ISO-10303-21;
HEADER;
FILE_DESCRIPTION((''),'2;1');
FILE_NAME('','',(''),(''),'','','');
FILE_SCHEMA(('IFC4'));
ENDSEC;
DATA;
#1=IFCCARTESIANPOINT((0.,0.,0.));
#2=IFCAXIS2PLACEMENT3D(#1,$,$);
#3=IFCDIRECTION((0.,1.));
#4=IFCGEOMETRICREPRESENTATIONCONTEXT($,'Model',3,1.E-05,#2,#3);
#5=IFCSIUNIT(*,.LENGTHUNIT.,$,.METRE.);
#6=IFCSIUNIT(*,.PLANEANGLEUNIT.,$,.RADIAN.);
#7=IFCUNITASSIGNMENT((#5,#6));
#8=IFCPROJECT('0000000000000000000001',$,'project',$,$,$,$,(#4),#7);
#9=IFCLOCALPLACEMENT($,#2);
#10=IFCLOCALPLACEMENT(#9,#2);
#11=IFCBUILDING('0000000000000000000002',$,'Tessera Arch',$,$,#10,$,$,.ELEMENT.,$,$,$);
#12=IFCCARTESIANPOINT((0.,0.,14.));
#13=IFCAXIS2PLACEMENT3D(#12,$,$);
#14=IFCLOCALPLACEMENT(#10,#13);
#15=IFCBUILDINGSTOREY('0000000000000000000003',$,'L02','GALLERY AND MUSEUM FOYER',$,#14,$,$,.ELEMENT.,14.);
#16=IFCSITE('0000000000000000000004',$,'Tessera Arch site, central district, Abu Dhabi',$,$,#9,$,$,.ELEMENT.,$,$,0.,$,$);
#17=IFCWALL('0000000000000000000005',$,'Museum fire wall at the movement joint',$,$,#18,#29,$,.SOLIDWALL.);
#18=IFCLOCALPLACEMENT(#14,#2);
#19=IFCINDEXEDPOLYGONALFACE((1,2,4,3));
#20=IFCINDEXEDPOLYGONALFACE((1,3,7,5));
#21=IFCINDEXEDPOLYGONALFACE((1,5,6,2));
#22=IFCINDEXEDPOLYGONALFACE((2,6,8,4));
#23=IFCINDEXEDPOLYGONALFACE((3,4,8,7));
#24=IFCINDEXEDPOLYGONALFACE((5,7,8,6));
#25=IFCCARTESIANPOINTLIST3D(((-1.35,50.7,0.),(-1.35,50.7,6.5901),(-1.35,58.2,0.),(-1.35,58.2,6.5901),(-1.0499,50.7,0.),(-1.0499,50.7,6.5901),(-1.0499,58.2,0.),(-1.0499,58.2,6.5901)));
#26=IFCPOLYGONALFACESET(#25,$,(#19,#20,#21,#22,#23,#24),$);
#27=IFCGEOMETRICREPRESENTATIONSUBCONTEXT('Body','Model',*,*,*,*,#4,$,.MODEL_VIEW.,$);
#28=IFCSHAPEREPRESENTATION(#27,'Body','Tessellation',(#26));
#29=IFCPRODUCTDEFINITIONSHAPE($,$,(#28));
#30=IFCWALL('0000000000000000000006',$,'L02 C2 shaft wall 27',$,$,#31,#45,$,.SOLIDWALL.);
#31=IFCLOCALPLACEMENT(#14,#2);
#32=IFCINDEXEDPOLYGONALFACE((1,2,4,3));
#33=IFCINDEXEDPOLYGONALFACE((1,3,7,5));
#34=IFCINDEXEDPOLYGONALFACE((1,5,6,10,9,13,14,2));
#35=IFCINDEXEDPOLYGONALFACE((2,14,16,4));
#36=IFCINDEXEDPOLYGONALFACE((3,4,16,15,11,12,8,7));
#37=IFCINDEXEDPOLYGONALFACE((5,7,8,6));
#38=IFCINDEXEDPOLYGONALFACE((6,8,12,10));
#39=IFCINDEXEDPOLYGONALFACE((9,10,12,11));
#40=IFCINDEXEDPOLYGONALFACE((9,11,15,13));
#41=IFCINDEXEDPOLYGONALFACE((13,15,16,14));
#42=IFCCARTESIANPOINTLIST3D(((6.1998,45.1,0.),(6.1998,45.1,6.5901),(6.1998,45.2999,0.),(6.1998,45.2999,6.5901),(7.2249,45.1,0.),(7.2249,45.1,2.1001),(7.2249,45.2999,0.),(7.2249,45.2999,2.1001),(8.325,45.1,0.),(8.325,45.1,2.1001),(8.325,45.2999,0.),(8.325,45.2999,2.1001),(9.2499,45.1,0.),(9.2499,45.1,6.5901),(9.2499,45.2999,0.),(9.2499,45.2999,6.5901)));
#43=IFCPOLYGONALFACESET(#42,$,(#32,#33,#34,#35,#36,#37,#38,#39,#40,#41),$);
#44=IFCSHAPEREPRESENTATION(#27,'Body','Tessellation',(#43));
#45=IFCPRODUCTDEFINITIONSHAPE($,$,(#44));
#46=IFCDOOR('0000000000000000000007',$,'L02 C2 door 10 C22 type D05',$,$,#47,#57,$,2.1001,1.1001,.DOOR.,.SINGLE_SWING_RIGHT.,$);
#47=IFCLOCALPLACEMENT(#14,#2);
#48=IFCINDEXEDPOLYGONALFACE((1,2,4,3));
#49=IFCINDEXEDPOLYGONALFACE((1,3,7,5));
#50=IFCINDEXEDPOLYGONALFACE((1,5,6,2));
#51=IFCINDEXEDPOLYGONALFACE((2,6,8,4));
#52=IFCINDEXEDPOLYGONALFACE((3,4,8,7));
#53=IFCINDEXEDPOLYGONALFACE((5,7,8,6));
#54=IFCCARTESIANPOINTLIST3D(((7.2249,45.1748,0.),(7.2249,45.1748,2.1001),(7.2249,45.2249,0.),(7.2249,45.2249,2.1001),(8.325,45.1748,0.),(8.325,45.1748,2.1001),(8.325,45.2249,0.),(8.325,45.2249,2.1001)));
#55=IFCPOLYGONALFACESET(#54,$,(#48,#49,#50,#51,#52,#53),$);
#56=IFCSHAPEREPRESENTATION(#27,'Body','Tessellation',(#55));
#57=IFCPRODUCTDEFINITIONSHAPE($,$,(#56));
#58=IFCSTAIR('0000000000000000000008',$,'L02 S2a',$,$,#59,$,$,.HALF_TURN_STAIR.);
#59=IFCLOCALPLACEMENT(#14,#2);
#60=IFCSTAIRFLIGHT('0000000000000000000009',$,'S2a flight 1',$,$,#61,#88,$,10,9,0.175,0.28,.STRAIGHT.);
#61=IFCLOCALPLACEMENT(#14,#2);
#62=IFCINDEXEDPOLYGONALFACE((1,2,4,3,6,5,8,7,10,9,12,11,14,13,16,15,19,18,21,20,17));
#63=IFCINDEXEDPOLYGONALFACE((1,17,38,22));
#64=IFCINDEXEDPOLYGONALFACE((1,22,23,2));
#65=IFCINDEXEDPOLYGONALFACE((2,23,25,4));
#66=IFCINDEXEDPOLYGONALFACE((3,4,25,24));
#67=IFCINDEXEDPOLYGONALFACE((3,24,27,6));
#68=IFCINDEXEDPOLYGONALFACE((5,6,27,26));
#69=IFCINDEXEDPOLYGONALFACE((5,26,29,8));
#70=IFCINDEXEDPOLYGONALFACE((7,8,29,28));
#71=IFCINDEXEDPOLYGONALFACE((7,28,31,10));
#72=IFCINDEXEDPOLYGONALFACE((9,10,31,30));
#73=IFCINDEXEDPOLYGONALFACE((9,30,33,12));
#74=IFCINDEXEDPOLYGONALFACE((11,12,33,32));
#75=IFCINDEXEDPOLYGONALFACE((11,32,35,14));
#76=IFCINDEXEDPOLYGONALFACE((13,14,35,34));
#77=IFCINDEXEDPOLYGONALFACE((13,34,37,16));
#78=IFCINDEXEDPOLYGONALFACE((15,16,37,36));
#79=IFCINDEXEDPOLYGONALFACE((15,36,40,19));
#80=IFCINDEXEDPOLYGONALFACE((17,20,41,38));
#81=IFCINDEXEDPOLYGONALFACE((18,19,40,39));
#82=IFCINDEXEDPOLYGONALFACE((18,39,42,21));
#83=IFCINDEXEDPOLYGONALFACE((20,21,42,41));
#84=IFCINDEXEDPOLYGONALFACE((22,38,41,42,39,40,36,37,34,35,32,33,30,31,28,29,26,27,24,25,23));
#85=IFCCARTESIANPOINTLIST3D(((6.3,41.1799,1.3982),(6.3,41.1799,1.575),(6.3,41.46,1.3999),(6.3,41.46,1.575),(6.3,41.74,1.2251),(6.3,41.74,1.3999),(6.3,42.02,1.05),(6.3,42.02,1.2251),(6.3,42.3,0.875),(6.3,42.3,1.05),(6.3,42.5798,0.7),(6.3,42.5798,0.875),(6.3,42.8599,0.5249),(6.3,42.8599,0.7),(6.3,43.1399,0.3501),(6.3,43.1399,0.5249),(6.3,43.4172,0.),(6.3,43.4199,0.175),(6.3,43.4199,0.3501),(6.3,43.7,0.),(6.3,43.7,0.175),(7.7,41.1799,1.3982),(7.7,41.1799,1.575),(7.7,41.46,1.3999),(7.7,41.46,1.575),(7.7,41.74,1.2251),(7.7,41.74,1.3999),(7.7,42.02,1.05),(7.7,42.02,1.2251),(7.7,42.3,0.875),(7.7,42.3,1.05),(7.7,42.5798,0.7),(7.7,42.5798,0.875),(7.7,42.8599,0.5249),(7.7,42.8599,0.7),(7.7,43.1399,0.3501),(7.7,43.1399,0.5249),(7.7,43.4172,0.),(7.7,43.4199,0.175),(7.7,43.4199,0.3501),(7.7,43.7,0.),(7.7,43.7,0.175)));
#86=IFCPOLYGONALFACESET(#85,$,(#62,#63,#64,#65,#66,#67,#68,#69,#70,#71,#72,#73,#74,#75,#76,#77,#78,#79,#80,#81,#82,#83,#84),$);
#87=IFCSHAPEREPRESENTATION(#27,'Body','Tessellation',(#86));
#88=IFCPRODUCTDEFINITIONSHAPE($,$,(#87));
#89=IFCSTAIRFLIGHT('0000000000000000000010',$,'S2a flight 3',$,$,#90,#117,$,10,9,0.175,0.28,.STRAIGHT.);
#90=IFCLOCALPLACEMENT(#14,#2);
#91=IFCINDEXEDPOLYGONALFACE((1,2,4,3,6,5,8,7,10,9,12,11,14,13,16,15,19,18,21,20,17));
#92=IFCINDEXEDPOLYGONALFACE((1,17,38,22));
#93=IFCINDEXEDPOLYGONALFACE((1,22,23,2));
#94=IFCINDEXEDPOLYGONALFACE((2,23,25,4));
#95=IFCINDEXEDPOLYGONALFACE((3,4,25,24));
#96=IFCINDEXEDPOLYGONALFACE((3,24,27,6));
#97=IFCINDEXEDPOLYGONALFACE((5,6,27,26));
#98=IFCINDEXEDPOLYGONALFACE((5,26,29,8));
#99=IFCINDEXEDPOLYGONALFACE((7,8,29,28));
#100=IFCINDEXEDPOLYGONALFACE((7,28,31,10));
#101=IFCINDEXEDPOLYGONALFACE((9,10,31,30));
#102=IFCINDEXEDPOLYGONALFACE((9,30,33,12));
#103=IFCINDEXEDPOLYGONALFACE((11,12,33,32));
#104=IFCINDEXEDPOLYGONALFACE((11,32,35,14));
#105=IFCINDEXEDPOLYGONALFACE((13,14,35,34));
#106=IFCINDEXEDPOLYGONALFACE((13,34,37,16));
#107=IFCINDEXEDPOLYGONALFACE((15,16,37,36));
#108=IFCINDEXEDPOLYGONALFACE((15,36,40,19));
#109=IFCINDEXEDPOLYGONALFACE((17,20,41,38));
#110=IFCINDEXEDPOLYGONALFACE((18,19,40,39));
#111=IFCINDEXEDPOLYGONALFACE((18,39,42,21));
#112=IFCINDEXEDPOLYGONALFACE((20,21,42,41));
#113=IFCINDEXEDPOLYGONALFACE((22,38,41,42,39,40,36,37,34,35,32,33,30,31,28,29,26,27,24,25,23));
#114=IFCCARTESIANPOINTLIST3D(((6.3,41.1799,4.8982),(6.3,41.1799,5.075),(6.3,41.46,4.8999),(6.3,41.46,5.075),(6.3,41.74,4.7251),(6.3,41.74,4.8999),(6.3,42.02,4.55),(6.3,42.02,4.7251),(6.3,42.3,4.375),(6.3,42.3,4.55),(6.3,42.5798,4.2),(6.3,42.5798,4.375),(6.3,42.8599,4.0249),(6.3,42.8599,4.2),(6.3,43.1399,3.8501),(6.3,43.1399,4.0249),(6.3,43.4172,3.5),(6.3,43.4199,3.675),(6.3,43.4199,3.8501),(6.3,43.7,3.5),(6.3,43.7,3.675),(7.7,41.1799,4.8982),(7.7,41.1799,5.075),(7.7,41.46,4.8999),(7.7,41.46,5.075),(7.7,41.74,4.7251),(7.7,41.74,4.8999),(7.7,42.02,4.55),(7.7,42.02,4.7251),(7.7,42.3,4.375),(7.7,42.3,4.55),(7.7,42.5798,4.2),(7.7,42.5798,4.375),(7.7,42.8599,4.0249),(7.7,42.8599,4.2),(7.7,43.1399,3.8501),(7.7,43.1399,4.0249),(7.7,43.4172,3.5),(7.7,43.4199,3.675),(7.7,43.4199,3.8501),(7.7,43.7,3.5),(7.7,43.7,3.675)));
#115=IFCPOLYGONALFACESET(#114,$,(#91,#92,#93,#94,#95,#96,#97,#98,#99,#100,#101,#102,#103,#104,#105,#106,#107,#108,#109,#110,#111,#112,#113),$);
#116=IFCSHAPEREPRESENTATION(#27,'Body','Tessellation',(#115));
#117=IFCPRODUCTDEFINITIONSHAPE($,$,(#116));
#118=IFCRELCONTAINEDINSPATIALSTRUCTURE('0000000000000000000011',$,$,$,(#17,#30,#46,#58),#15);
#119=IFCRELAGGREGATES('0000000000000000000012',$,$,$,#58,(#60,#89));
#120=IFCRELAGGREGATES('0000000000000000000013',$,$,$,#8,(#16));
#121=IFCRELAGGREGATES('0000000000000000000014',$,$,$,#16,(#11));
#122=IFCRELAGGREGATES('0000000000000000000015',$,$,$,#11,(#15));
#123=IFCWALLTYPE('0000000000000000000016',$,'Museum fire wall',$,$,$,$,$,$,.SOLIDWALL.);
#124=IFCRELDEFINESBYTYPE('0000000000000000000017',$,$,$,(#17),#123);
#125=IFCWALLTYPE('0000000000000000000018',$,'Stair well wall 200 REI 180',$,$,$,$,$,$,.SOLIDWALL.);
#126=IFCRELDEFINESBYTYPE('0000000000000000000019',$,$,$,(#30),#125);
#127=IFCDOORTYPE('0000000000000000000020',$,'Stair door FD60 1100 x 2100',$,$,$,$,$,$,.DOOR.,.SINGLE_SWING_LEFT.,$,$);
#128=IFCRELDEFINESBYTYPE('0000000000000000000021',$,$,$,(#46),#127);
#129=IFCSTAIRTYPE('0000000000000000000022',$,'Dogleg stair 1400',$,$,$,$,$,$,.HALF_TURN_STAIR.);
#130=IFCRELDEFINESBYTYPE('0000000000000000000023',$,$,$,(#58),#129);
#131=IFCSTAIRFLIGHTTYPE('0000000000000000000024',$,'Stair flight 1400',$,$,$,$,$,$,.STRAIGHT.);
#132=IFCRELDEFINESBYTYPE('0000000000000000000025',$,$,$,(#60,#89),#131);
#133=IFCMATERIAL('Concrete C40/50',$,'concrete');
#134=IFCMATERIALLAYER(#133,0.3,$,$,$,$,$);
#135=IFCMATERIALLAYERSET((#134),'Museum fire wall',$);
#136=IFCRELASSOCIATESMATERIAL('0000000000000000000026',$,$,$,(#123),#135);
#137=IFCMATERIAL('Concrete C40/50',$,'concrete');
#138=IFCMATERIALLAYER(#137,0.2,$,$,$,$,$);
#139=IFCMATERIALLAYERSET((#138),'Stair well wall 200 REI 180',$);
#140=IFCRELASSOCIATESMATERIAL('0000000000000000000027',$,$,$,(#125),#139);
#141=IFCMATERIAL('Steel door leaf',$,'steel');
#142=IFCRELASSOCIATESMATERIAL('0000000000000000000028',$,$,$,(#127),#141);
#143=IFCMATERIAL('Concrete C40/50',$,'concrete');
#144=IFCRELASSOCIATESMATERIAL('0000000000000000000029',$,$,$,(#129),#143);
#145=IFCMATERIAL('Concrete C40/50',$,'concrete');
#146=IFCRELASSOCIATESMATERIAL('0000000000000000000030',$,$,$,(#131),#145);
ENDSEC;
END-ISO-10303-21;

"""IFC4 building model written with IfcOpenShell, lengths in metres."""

from ifc_helpers import new_model, si_unit, direction, frame, frame_2d, origin, place, context, subcontext, project, spatial, polyline, rectangle, outline, extrude, material, layer, layer_set, type_object, element, fill, aggregate, save


model = new_model("IFC4")

# Units and contexts
model_context = context("Model", 3, precision=1e-05, world=origin(), true_north=direction((0.0, 1.0)))
body_context = subcontext(model_context, "Body", "Model", "MODEL_VIEW")
ifc_project = project(units=[si_unit("LENGTHUNIT", "METRE"), si_unit("PLANEANGLEUNIT", "RADIAN")], contexts=[model_context])

# Site, building, storey
site_placement = place(None, origin())
site = spatial("IfcSite", under=ifc_project, at=site_placement, Name="Tessera Arch site, central district, Abu Dhabi", CompositionType="ELEMENT", RefElevation=0.0)
building_placement = place(site_placement, origin())
building = spatial("IfcBuilding", under=site, at=building_placement, Name="Tessera Arch", CompositionType="ELEMENT")
storey_placement = place(building_placement, frame((0.0, 0.0, 14.0)))
storey = spatial("IfcBuildingStorey", under=building, at=storey_placement, Name="L02", Description="GALLERY AND MUSEUM FOYER", CompositionType="ELEMENT", Elevation=14.0)

# Wall
ifc_material_1 = material(Name="Concrete C40/50", Category="concrete")
ifc_layer_1 = layer(ifc_material_1, 0.3)
ifc_layer_set_1 = layer_set([ifc_layer_1], Name="Museum fire wall")
wall_type_1 = type_object("IfcWallType", Name="Museum fire wall", PredefinedType="SOLIDWALL", material=ifc_layer_set_1)
wall_1_placement = place(storey_placement, frame((-1.2, 50.7, 0.0), z_axis=(0.0, 0.0, 1.0), x_axis=(0.0, 1.0, 0.0)))
element("IfcWall", 1, at=wall_1_placement, inside=storey, type_object=wall_type_1, Name="Museum fire wall at the movement joint", PredefinedType="SOLIDWALL", context=body_context, shape_type="SweptSolid", body=[
    extrude(rectangle(XDim=7.5, YDim=0.3, at=frame_2d((3.75, 0.0))), origin(), (0.0, 0.0, 1.0), 6.5901),
])

# Wall, opening, door
ifc_material_2 = material(Name="Concrete C40/50", Category="concrete")
ifc_layer_2 = layer(ifc_material_2, 0.2)
ifc_layer_set_2 = layer_set([ifc_layer_2], Name="Stair well wall 200 REI 180")
wall_type_2 = type_object("IfcWallType", Name="Stair well wall 200 REI 180", PredefinedType="SOLIDWALL", material=ifc_layer_set_2)
wall_2_placement = place(storey_placement, frame((6.2, 45.2, 0.0), z_axis=(0.0, 0.0, 1.0), x_axis=(1.0, 0.0, 0.0)))
wall_2 = element("IfcWall", 2, at=wall_2_placement, inside=storey, type_object=wall_type_2, Name="L02 C2 shaft wall 27", PredefinedType="SOLIDWALL", context=body_context, shape_type="SweptSolid", body=[
    extrude(rectangle(XDim=3.05, YDim=0.2, at=frame_2d((1.5249, 0.0))), origin(), (0.0, 0.0, 1.0), 6.5901),
])
opening_1_placement = place(wall_2_placement, frame((1.0249, 0.0, 0.0)))
opening_1 = element("IfcOpeningElement", 3, at=opening_1_placement, cuts=wall_2, PredefinedType="OPENING", context=body_context, shape_type="SweptSolid", body=[
    extrude(rectangle(XDim=1.1001, YDim=2.1001, at=frame_2d((0.55, 1.05))), frame((0.0, 0.1099, 0.0), z_axis=(0.0, -1.0, 0.0), x_axis=(1.0, 0.0, 0.0)), (0.0, 0.0, 1.0), 0.22),
])
ifc_material_3 = material(Name="Steel door leaf", Category="steel")
door_type_1 = type_object("IfcDoorType", Name="Stair door FD60 1100 x 2100", OperationType="SINGLE_SWING_LEFT", PredefinedType="DOOR", material=ifc_material_3)
door_1_placement = place(opening_1_placement, origin())
door_1 = element("IfcDoor", 4, at=door_1_placement, inside=storey, type_object=door_type_1, Name="L02 C2 door 10 C22 type D05", OperationType="SINGLE_SWING_RIGHT", OverallHeight=2.1001, OverallWidth=1.1001, PredefinedType="DOOR", context=body_context, shape_type="SweptSolid", body=[
    extrude(rectangle(XDim=1.1001, YDim=2.1001, at=frame_2d((0.55, 1.05))), frame((0.0, 0.0249, 0.0), z_axis=(0.0, -1.0, 0.0), x_axis=(1.0, 0.0, 0.0)), (0.0, 0.0, 1.0), 0.05),
])
fill(opening_1, door_1)

# Stair, stair flights
ifc_material_4 = material(Name="Concrete C40/50", Category="concrete")
stair_type = type_object("IfcStairType", Name="Dogleg stair 1400", PredefinedType="HALF_TURN_STAIR", material=ifc_material_4)
stair_placement = place(storey_placement, origin())
stair = element("IfcStair", 5, at=stair_placement, inside=storey, type_object=stair_type, Name="L02 S2a", PredefinedType="HALF_TURN_STAIR")
ifc_material_5 = material(Name="Concrete C40/50", Category="concrete")
stair_flight_type = type_object("IfcStairFlightType", Name="Stair flight 1400", PredefinedType="STRAIGHT", material=ifc_material_5)
stair_flight_1_placement = place(storey_placement, frame((7.0, 43.7, 0.0), z_axis=(0.0, 0.0, 1.0), x_axis=(0.0, -1.0, 0.0)))
stair_flight_1 = element("IfcStairFlight", 6, at=stair_flight_1_placement, type_object=stair_flight_type, Name="S2a flight 1", NumberOfRisers=10, NumberOfTreads=9, PredefinedType="STRAIGHT", RiserHeight=0.175, TreadLength=0.28, context=body_context, shape_type="SweptSolid", body=[
    extrude(outline(polyline([(0.0, 0.0), (0.0, 0.175), (0.28, 0.175), (0.28, 0.3501), (0.5601, 0.3501), (0.5601, 0.5249), (0.8401, 0.5249), (0.8401, 0.7), (1.1201, 0.7), (1.1201, 0.875), (1.3999, 0.875), (1.3999, 1.05), (1.6799, 1.05), (1.6799, 1.2251), (1.96, 1.2251), (1.96, 1.3999), (2.24, 1.3999), (2.24, 1.575), (2.52, 1.575), (2.52, 1.75), (2.52, 1.3982), (0.2827, 0.0), (0.0, 0.0)])), frame((0.0, 0.7, 0.0), z_axis=(0.0, -1.0, 0.0), x_axis=(1.0, 0.0, 0.0)), (0.0, 0.0, 1.0), 1.3999),
])
stair_flight_2_placement = place(storey_placement, frame((7.0, 43.7, 3.5), z_axis=(0.0, 0.0, 1.0), x_axis=(0.0, -1.0, 0.0)))
stair_flight_2 = element("IfcStairFlight", 7, at=stair_flight_2_placement, type_object=stair_flight_type, Name="S2a flight 3", NumberOfRisers=10, NumberOfTreads=9, PredefinedType="STRAIGHT", RiserHeight=0.175, TreadLength=0.28, context=body_context, shape_type="SweptSolid", body=[
    extrude(outline(polyline([(0.0, 0.0), (0.0, 0.175), (0.28, 0.175), (0.28, 0.3501), (0.5601, 0.3501), (0.5601, 0.5249), (0.8401, 0.5249), (0.8401, 0.7), (1.1201, 0.7), (1.1201, 0.875), (1.3999, 0.875), (1.3999, 1.05), (1.6799, 1.05), (1.6799, 1.2251), (1.96, 1.2251), (1.96, 1.3999), (2.24, 1.3999), (2.24, 1.575), (2.52, 1.575), (2.52, 1.75), (2.52, 1.3982), (0.2827, 0.0), (0.0, 0.0)])), frame((0.0, 0.7, 0.0), z_axis=(0.0, -1.0, 0.0), x_axis=(1.0, 0.0, 0.0)), (0.0, 0.0, 1.0), 1.3999),
])
aggregate(stair, [stair_flight_1, stair_flight_2])

save(model, "model.ifc")
